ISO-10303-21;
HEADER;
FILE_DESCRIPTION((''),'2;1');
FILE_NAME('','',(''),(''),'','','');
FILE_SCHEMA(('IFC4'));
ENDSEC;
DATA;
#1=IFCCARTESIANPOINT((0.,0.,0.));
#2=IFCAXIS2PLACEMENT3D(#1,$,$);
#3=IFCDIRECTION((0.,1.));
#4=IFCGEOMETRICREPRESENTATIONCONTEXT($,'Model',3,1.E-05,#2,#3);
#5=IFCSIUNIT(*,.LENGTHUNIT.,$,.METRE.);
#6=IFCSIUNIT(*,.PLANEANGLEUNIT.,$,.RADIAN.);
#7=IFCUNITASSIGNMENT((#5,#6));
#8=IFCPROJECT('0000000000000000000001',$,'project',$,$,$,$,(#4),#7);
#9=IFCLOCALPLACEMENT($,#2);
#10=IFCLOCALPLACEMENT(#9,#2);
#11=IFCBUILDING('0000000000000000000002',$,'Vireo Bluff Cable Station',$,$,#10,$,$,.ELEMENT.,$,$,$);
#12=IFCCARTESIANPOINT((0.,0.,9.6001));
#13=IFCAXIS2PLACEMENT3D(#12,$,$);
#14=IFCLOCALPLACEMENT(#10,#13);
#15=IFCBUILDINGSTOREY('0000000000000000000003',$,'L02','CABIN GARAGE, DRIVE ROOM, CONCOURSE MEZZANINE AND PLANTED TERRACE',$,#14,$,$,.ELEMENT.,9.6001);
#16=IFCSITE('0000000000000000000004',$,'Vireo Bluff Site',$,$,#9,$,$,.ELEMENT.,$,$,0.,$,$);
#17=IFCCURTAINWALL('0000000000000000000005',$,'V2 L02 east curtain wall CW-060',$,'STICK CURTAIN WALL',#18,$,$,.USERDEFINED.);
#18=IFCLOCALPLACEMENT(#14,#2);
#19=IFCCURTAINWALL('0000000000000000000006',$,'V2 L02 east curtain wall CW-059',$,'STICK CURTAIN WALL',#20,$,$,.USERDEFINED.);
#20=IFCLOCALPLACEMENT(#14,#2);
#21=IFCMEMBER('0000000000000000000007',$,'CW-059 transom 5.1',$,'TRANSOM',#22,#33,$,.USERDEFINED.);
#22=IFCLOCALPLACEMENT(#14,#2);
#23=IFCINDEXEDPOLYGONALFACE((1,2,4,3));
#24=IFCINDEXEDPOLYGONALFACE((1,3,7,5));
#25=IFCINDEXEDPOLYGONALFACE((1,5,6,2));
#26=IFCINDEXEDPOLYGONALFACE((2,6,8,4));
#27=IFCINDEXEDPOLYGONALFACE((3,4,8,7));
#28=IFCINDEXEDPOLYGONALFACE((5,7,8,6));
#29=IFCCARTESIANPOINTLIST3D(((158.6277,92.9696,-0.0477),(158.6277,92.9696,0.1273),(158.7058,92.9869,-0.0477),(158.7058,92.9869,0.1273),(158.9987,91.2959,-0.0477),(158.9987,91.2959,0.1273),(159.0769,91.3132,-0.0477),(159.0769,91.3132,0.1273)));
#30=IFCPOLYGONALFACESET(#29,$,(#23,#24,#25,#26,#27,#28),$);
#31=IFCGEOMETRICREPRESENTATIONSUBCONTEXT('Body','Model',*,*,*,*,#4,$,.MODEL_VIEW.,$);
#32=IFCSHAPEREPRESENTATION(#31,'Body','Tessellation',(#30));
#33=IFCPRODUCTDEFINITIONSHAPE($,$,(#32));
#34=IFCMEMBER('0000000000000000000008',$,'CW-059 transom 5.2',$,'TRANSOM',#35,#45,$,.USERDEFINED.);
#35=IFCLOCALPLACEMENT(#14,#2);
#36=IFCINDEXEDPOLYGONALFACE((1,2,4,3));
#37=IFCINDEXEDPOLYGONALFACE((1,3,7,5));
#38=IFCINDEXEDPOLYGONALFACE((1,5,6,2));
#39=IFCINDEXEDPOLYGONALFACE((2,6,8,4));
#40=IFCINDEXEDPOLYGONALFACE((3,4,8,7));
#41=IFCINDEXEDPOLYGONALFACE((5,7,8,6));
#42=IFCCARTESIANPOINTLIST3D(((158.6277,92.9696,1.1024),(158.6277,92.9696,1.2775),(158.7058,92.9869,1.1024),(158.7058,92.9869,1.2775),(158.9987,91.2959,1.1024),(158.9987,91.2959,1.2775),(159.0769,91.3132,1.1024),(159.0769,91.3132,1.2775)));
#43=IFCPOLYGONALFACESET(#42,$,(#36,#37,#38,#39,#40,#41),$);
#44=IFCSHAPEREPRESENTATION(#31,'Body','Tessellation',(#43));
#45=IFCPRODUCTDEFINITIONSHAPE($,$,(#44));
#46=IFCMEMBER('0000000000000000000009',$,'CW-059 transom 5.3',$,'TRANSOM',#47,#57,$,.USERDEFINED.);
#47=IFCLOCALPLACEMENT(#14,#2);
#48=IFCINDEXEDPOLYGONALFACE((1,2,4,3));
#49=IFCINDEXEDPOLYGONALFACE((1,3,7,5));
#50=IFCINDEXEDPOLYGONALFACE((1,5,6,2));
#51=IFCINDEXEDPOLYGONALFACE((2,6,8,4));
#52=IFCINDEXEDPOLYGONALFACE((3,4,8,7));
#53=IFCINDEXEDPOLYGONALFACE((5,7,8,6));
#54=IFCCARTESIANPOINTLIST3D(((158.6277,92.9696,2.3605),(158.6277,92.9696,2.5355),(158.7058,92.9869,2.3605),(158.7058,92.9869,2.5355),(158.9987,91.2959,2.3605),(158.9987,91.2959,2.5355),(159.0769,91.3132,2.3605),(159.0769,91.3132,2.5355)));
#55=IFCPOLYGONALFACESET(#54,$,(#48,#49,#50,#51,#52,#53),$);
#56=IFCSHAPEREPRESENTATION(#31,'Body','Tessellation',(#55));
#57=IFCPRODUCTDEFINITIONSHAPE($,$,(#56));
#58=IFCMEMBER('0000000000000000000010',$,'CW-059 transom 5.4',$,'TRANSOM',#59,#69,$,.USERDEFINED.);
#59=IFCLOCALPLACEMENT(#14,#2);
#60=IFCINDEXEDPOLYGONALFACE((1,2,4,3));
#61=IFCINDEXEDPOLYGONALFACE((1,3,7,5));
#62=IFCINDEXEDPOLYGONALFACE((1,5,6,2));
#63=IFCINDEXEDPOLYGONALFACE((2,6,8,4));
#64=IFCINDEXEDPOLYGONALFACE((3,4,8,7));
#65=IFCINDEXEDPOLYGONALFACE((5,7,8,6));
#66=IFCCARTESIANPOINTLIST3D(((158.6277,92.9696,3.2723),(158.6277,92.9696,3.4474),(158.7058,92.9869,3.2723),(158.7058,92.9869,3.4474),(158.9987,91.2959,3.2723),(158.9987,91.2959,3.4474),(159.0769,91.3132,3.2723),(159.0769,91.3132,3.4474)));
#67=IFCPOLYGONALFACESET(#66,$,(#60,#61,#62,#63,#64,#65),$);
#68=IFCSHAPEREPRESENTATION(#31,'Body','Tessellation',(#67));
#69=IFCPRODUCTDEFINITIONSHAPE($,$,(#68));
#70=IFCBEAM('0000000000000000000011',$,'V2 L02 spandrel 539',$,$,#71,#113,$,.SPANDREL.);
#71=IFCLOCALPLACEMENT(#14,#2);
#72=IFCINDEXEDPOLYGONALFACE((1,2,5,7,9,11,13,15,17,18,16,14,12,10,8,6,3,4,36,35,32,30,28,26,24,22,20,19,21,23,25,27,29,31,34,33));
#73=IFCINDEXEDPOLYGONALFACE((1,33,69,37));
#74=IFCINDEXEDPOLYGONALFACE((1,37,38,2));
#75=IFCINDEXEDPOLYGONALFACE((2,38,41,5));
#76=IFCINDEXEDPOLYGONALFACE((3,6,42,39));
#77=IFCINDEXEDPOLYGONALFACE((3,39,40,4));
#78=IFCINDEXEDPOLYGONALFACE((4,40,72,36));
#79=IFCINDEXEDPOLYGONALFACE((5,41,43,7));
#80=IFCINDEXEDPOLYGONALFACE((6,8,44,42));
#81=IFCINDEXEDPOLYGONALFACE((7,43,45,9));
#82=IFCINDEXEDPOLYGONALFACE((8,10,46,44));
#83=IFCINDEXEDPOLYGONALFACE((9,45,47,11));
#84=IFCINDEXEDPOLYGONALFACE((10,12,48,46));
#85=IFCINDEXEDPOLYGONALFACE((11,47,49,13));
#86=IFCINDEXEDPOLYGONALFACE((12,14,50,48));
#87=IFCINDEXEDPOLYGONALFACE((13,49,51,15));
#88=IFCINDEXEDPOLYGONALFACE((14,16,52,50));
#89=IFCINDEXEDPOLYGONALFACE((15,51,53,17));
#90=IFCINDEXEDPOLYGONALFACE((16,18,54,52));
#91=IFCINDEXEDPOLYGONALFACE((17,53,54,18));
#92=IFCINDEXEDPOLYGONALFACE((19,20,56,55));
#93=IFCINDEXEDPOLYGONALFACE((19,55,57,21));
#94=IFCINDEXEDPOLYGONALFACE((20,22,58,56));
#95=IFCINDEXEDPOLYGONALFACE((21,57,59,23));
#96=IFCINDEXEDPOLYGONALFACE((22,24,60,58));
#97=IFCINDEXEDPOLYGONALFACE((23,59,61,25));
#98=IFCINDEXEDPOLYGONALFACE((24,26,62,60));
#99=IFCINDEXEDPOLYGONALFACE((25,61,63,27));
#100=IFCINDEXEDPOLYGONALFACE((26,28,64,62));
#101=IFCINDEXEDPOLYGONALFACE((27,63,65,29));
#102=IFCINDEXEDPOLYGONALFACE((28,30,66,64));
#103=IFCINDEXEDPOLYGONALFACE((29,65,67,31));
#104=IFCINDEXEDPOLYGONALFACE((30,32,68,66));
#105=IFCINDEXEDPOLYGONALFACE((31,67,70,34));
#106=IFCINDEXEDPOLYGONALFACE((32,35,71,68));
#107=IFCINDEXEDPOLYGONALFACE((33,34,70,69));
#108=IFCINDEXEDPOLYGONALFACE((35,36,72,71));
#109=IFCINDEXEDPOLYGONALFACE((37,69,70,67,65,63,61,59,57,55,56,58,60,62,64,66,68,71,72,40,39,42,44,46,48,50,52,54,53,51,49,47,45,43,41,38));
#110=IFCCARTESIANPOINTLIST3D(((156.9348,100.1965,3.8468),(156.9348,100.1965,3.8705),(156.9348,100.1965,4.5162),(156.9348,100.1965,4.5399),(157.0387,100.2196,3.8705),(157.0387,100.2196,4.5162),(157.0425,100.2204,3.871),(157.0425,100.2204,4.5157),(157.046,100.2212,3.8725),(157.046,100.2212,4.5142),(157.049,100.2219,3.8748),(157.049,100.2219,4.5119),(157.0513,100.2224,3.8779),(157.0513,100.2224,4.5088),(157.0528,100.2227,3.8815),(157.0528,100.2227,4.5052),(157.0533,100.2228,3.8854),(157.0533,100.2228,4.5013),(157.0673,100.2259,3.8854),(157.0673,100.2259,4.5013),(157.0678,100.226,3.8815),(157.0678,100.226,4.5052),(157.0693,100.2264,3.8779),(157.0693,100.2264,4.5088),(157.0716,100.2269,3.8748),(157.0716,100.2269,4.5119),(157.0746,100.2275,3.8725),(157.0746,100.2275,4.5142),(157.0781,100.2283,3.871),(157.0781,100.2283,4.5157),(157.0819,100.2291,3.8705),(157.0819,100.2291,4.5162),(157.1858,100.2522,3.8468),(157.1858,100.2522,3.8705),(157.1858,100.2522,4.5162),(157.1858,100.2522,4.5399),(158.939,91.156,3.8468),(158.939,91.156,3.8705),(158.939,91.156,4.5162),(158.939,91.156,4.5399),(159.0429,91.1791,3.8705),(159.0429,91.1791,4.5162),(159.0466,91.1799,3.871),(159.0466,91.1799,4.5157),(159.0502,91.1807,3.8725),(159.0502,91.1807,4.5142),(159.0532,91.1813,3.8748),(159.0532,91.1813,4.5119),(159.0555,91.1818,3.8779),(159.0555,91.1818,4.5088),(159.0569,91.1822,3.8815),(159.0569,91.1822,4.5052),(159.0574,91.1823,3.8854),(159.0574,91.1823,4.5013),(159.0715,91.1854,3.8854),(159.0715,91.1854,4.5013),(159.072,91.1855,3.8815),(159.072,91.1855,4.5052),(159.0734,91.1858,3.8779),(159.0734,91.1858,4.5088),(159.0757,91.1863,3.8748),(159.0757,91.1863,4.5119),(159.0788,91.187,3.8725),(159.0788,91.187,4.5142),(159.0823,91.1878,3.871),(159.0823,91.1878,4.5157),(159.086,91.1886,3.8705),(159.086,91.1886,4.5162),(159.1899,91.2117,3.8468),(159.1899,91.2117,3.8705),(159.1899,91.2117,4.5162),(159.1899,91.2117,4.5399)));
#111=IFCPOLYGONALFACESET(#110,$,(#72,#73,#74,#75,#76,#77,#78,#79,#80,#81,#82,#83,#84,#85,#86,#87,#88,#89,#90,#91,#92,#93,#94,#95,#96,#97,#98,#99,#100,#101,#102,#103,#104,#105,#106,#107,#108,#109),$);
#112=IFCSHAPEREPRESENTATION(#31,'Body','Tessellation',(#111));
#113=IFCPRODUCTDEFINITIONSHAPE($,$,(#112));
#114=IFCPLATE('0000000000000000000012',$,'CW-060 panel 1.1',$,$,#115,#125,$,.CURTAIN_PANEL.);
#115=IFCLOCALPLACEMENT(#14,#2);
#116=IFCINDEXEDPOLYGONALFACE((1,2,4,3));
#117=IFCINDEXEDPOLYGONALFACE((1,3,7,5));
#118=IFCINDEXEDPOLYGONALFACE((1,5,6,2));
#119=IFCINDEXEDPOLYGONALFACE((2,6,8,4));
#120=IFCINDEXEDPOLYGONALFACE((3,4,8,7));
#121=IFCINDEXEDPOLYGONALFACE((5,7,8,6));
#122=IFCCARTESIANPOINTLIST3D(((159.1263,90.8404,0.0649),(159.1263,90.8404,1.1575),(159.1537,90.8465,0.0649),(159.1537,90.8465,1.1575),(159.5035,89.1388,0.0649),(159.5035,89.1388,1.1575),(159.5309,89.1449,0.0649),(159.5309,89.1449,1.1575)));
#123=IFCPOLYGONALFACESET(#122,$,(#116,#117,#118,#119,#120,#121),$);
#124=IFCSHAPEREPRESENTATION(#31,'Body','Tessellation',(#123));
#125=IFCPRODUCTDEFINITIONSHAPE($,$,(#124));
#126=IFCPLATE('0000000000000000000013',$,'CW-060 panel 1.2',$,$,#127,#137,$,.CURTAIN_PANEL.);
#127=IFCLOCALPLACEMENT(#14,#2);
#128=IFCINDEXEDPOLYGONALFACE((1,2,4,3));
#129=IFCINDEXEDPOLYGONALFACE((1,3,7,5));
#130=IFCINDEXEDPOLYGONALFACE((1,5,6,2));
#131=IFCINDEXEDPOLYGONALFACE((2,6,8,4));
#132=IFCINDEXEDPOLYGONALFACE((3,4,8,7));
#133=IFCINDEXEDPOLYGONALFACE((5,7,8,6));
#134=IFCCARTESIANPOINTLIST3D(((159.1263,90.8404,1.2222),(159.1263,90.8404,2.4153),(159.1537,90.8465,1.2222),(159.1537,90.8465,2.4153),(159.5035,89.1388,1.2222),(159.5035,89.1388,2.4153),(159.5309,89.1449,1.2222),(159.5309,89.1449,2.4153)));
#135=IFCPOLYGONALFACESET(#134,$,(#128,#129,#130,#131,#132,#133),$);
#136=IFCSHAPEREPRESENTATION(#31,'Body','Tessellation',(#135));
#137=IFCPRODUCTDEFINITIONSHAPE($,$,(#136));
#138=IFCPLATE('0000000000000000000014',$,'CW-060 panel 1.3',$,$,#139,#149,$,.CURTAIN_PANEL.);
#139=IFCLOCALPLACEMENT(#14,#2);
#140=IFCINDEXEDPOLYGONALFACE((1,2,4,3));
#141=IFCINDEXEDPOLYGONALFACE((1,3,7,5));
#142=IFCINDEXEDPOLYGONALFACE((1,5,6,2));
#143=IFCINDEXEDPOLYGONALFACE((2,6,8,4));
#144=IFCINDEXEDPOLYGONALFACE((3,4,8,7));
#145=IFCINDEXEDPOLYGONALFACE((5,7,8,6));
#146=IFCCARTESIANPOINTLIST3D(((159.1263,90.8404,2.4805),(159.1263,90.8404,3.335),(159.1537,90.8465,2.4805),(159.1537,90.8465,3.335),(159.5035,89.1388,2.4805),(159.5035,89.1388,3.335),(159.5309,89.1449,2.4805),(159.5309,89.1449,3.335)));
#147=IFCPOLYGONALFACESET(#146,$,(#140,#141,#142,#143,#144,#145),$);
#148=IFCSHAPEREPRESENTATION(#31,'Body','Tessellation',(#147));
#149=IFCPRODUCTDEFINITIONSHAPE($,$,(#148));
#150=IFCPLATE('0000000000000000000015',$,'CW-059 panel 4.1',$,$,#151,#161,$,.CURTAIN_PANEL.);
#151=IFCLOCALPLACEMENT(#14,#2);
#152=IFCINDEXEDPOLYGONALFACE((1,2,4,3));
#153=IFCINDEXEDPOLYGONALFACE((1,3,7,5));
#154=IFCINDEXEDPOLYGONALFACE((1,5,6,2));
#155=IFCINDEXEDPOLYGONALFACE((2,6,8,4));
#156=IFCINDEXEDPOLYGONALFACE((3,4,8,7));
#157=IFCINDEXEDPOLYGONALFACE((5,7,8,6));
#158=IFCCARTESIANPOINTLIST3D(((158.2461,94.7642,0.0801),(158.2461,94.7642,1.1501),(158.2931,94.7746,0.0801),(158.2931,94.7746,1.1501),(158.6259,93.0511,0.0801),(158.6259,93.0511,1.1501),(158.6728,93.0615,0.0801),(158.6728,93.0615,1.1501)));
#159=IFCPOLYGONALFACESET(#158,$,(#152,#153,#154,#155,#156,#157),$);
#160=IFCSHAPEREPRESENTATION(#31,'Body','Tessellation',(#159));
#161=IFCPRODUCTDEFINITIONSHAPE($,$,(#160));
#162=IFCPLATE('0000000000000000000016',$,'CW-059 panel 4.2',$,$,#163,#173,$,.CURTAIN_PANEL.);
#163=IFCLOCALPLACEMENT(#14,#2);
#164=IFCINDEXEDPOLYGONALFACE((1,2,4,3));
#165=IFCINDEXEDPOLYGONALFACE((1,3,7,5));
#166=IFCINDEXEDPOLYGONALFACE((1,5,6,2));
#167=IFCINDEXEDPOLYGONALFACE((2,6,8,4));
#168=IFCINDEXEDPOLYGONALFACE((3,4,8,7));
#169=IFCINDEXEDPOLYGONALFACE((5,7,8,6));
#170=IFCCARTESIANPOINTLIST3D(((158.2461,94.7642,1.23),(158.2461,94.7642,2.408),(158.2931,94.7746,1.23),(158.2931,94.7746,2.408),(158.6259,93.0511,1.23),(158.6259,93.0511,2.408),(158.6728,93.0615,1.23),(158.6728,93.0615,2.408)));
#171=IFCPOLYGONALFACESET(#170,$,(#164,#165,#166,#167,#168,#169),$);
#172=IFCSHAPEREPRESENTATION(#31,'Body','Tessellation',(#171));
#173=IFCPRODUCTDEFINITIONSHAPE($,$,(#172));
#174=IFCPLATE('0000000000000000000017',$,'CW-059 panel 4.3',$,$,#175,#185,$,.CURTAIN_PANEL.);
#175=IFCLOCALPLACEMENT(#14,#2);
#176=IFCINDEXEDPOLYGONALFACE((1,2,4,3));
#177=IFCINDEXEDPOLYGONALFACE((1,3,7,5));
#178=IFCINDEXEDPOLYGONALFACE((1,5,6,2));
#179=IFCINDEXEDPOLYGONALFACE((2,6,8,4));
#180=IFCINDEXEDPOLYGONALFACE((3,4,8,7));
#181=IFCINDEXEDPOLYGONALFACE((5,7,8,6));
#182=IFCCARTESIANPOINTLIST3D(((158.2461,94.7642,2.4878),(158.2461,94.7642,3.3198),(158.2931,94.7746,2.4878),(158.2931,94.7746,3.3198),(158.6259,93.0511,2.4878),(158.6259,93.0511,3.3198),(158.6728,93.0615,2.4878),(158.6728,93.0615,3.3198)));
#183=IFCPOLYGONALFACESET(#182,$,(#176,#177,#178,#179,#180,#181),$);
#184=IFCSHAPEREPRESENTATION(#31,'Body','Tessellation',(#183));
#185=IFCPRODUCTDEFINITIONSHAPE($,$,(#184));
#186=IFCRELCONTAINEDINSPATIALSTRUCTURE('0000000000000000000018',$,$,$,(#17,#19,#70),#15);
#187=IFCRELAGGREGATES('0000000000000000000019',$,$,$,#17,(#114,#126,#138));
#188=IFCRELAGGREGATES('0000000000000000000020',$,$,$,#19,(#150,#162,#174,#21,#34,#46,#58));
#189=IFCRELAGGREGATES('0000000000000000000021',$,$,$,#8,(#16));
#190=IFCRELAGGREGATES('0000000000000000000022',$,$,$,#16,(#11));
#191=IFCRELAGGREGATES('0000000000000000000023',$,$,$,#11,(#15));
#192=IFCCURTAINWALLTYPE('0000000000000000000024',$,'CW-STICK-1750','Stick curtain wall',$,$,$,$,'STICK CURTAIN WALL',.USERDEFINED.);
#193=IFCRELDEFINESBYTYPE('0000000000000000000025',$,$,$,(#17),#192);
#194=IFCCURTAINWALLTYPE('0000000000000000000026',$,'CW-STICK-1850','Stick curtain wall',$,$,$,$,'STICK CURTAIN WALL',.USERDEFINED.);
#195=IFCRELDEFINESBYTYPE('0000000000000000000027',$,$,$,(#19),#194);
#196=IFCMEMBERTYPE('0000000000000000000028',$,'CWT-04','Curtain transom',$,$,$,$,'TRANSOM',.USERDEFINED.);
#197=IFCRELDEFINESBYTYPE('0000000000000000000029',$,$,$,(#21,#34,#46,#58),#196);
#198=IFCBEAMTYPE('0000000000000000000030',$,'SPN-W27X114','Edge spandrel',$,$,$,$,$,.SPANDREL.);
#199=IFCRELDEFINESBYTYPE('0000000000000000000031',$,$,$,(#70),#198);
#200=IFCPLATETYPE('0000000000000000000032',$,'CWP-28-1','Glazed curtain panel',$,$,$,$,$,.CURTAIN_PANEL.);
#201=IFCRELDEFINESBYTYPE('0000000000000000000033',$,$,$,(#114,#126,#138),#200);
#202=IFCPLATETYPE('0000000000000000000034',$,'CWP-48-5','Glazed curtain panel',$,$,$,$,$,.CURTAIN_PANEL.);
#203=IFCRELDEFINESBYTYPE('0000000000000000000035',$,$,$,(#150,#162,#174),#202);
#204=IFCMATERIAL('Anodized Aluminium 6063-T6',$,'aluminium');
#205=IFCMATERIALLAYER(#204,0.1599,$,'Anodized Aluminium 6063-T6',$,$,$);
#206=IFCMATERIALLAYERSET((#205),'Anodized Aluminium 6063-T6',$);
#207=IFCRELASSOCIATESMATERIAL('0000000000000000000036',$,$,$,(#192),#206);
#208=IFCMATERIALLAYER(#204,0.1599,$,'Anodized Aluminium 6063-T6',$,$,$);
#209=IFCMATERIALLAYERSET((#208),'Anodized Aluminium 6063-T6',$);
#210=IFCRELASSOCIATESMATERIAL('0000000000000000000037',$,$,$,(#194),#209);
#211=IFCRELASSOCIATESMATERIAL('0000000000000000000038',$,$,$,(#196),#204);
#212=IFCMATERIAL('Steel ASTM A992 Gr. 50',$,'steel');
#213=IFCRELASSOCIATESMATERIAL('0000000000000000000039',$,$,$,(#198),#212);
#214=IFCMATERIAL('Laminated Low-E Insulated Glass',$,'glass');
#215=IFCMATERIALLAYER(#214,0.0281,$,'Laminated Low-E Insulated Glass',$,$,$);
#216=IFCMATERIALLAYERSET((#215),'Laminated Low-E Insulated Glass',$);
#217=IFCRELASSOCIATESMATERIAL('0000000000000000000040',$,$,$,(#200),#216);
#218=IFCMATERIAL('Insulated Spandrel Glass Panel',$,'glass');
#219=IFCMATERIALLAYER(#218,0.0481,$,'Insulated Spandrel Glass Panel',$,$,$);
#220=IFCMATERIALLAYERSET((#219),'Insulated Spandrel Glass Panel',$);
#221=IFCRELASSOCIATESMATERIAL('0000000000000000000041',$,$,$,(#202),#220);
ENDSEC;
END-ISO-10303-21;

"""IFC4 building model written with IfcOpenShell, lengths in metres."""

from ifc_helpers import new_model, si_unit, direction, frame, origin, origin_2d, place, context, subcontext, project, spatial, rectangle, i_section, extrude, material, layer, layer_set, material_profile, profile_set, type_object, element, aggregate, save


model = new_model("IFC4")

# Units and contexts
model_context = context("Model", 3, precision=1e-05, world=origin(), true_north=direction((0.0, 1.0)))
body_context = subcontext(model_context, "Body", "Model", "MODEL_VIEW")
ifc_project = project(units=[si_unit("LENGTHUNIT", "METRE"), si_unit("PLANEANGLEUNIT", "RADIAN")], contexts=[model_context])

# Site, building, storey
site_placement = place(None, origin())
site = spatial("IfcSite", under=ifc_project, at=site_placement, Name="Vireo Bluff Site", CompositionType="ELEMENT", RefElevation=0.0)
building_placement = place(site_placement, origin())
building = spatial("IfcBuilding", under=site, at=building_placement, Name="Vireo Bluff Cable Station", CompositionType="ELEMENT")
storey_placement = place(building_placement, frame((0.0, 0.0, 9.6001)))
storey = spatial("IfcBuildingStorey", under=building, at=storey_placement, Name="L02", Description="CABIN GARAGE, DRIVE ROOM, CONCOURSE MEZZANINE AND PLANTED TERRACE", CompositionType="ELEMENT", Elevation=9.6001)

# Shared definitions
ifc_material_1 = material(Name="Steel ASTM A992 Gr. 50", Category="steel")

# Curtain walls
ifc_material_2 = material(Name="Anodized Aluminium 6063-T6", Category="aluminium")
ifc_layer_1 = layer(ifc_material_2, 0.1599, Name="Anodized Aluminium 6063-T6")
ifc_layer_set_1 = layer_set([ifc_layer_1], Name="Anodized Aluminium 6063-T6")
curtain_wall_type_1 = type_object("IfcCurtainWallType", Name="CW-STICK-1750", Description="Stick curtain wall", ElementType="STICK CURTAIN WALL", PredefinedType="USERDEFINED", material=ifc_layer_set_1)
curtain_wall_1_placement = place(storey_placement, origin())
curtain_wall_1 = element("IfcCurtainWall", 1, at=curtain_wall_1_placement, inside=storey, type_object=curtain_wall_type_1, Name="V2 L02 east curtain wall CW-060", ObjectType="STICK CURTAIN WALL", PredefinedType="USERDEFINED")
ifc_layer_2 = layer(ifc_material_2, 0.1599, Name="Anodized Aluminium 6063-T6")
ifc_layer_set_2 = layer_set([ifc_layer_2], Name="Anodized Aluminium 6063-T6")
curtain_wall_type_2 = type_object("IfcCurtainWallType", Name="CW-STICK-1850", Description="Stick curtain wall", ElementType="STICK CURTAIN WALL", PredefinedType="USERDEFINED", material=ifc_layer_set_2)
curtain_wall_2_placement = place(storey_placement, origin())
curtain_wall_2 = element("IfcCurtainWall", 2, at=curtain_wall_2_placement, inside=storey, type_object=curtain_wall_type_2, Name="V2 L02 east curtain wall CW-059", ObjectType="STICK CURTAIN WALL", PredefinedType="USERDEFINED")

# Members
ifc_material_profile_1 = material_profile(ifc_material_2, rectangle(XDim=0.0801, YDim=0.175, at=origin_2d()), Name="ALU-T-80X175")
ifc_profile_set_1 = profile_set([ifc_material_profile_1], Name="Anodized Aluminium 6063-T6")
member_type_1 = type_object("IfcMemberType", Name="CWT-04", Description="Curtain transom", ElementType="TRANSOM", PredefinedType="USERDEFINED", material=ifc_profile_set_1)
member_1_placement = place(storey_placement, frame((158.6667, 92.9783, 0.0398), z_axis=(0.216448, -0.976294, 0.0), x_axis=(0.976294, 0.216448, 0.0)))
member_1 = element("IfcMember", 3, at=member_1_placement, type_object=member_type_1, Name="CW-059 transom 5.1", ObjectType="TRANSOM", PredefinedType="USERDEFINED", context=body_context, shape_type="SweptSolid", body=[
    extrude(rectangle(XDim=0.0801, YDim=0.175, at=origin_2d()), origin(), (0.0, 0.0, 1.0), 1.7144),
])
member_2_placement = place(storey_placement, frame((158.6667, 92.9783, 1.1899), z_axis=(0.216448, -0.976294, 0.0), x_axis=(0.976294, 0.216448, 0.0)))
member_2 = element("IfcMember", 4, at=member_2_placement, type_object=member_type_1, Name="CW-059 transom 5.2", ObjectType="TRANSOM", PredefinedType="USERDEFINED", context=body_context, shape_type="SweptSolid", body=[
    extrude(rectangle(XDim=0.0801, YDim=0.175, at=origin_2d()), origin(), (0.0, 0.0, 1.0), 1.7144),
])
member_3_placement = place(storey_placement, frame((158.6667, 92.9783, 2.448), z_axis=(0.216448, -0.976294, 0.0), x_axis=(0.976294, 0.216448, 0.0)))
member_3 = element("IfcMember", 5, at=member_3_placement, type_object=member_type_1, Name="CW-059 transom 5.3", ObjectType="TRANSOM", PredefinedType="USERDEFINED", context=body_context, shape_type="SweptSolid", body=[
    extrude(rectangle(XDim=0.0801, YDim=0.175, at=origin_2d()), origin(), (0.0, 0.0, 1.0), 1.7144),
])
member_4_placement = place(storey_placement, frame((158.6667, 92.9783, 3.3599), z_axis=(0.216448, -0.976294, 0.0), x_axis=(0.976294, 0.216448, 0.0)))
member_4 = element("IfcMember", 6, at=member_4_placement, type_object=member_type_1, Name="CW-059 transom 5.4", ObjectType="TRANSOM", PredefinedType="USERDEFINED", context=body_context, shape_type="SweptSolid", body=[
    extrude(rectangle(XDim=0.0801, YDim=0.175, at=origin_2d()), origin(), (0.0, 0.0, 1.0), 1.7144),
])

# Beam
ifc_material_profile_2 = material_profile(ifc_material_1, i_section(OverallWidth=0.2571, OverallDepth=0.6931, WebThickness=0.0144, FlangeThickness=0.0237, FilletRadius=0.0149, at=origin_2d()), Name="W27X114")
ifc_profile_set_2 = profile_set([ifc_material_profile_2], Name="Steel ASTM A992 Gr. 50")
beam_type = type_object("IfcBeamType", Name="SPN-W27X114", Description="Edge spandrel", PredefinedType="SPANDREL", material=ifc_profile_set_2)
beam_placement = place(storey_placement, frame((159.0645, 91.1838, 4.1934), z_axis=(-0.216431, 0.976298, 0.0), x_axis=(-0.976298, -0.216431, 0.0)))
element("IfcBeam", 7, at=beam_placement, inside=storey, type_object=beam_type, Name="V2 L02 spandrel 539", PredefinedType="SPANDREL", context=body_context, shape_type="SweptSolid", body=[
    extrude(i_section(OverallWidth=0.2571, OverallDepth=0.6931, WebThickness=0.0144, FlangeThickness=0.0237, FilletRadius=0.0149, at=origin_2d()), origin(), (0.0, 0.0, 1.0), 9.26),
])

# Plates
ifc_material_3 = material(Name="Laminated Low-E Insulated Glass", Category="glass")
ifc_layer_3 = layer(ifc_material_3, 0.0281, Name="Laminated Low-E Insulated Glass")
ifc_layer_set_3 = layer_set([ifc_layer_3], Name="Laminated Low-E Insulated Glass")
plate_type_1 = type_object("IfcPlateType", Name="CWP-28-1", Description="Glazed curtain panel", PredefinedType="CURTAIN_PANEL", material=ifc_layer_set_3)
plate_1_placement = place(storey_placement, frame((159.3286, 89.9927, 0.0649), z_axis=(0.0, 0.0, 1.0), x_axis=(0.21644, -0.976296, 0.0)))
plate_1 = element("IfcPlate", 8, at=plate_1_placement, type_object=plate_type_1, Name="CW-060 panel 1.1", PredefinedType="CURTAIN_PANEL", context=body_context, shape_type="SweptSolid", body=[
    extrude(rectangle(XDim=1.7429, YDim=0.0281, at=origin_2d()), origin(), (0.0, 0.0, 1.0), 1.0925),
])
plate_2_placement = place(storey_placement, frame((159.3286, 89.9927, 1.2222), z_axis=(0.0, 0.0, 1.0), x_axis=(0.21644, -0.976296, 0.0)))
plate_2 = element("IfcPlate", 9, at=plate_2_placement, type_object=plate_type_1, Name="CW-060 panel 1.2", PredefinedType="CURTAIN_PANEL", context=body_context, shape_type="SweptSolid", body=[
    extrude(rectangle(XDim=1.7429, YDim=0.0281, at=origin_2d()), origin(), (0.0, 0.0, 1.0), 1.1931),
])
plate_3_placement = place(storey_placement, frame((159.3286, 89.9927, 2.4805), z_axis=(0.0, 0.0, 1.0), x_axis=(0.21644, -0.976296, 0.0)))
plate_3 = element("IfcPlate", 10, at=plate_3_placement, type_object=plate_type_1, Name="CW-060 panel 1.3", PredefinedType="CURTAIN_PANEL", context=body_context, shape_type="SweptSolid", body=[
    extrude(rectangle(XDim=1.7429, YDim=0.0281, at=origin_2d()), origin(), (0.0, 0.0, 1.0), 0.8545),
])
aggregate(curtain_wall_1, [plate_1, plate_2, plate_3])
ifc_material_4 = material(Name="Insulated Spandrel Glass Panel", Category="glass")
ifc_layer_4 = layer(ifc_material_4, 0.0481, Name="Insulated Spandrel Glass Panel")
ifc_layer_set_4 = layer_set([ifc_layer_4], Name="Insulated Spandrel Glass Panel")
plate_type_2 = type_object("IfcPlateType", Name="CWP-48-5", Description="Glazed curtain panel", PredefinedType="CURTAIN_PANEL", material=ifc_layer_set_4)
plate_4_placement = place(storey_placement, frame((158.4595, 93.9128, 0.0801), z_axis=(0.0, 0.0, 1.0), x_axis=(0.21644, -0.976296, 0.0)))
plate_4 = element("IfcPlate", 11, at=plate_4_placement, type_object=plate_type_2, Name="CW-059 panel 4.1", PredefinedType="CURTAIN_PANEL", context=body_context, shape_type="SweptSolid", body=[
    extrude(rectangle(XDim=1.7546, YDim=0.0481, at=origin_2d()), origin(), (0.0, 0.0, 1.0), 1.0701),
])
plate_5_placement = place(storey_placement, frame((158.4595, 93.9128, 1.23), z_axis=(0.0, 0.0, 1.0), x_axis=(0.21644, -0.976296, 0.0)))
plate_5 = element("IfcPlate", 12, at=plate_5_placement, type_object=plate_type_2, Name="CW-059 panel 4.2", PredefinedType="CURTAIN_PANEL", context=body_context, shape_type="SweptSolid", body=[
    extrude(rectangle(XDim=1.7546, YDim=0.0481, at=origin_2d()), origin(), (0.0, 0.0, 1.0), 1.178),
])
plate_6_placement = place(storey_placement, frame((158.4595, 93.9128, 2.4878), z_axis=(0.0, 0.0, 1.0), x_axis=(0.21644, -0.976296, 0.0)))
plate_6 = element("IfcPlate", 13, at=plate_6_placement, type_object=plate_type_2, Name="CW-059 panel 4.3", PredefinedType="CURTAIN_PANEL", context=body_context, shape_type="SweptSolid", body=[
    extrude(rectangle(XDim=1.7546, YDim=0.0481, at=origin_2d()), origin(), (0.0, 0.0, 1.0), 0.832),
])
aggregate(curtain_wall_2, [plate_4, plate_5, plate_6, member_1, member_2, member_3, member_4])

save(model, "model.ifc")
